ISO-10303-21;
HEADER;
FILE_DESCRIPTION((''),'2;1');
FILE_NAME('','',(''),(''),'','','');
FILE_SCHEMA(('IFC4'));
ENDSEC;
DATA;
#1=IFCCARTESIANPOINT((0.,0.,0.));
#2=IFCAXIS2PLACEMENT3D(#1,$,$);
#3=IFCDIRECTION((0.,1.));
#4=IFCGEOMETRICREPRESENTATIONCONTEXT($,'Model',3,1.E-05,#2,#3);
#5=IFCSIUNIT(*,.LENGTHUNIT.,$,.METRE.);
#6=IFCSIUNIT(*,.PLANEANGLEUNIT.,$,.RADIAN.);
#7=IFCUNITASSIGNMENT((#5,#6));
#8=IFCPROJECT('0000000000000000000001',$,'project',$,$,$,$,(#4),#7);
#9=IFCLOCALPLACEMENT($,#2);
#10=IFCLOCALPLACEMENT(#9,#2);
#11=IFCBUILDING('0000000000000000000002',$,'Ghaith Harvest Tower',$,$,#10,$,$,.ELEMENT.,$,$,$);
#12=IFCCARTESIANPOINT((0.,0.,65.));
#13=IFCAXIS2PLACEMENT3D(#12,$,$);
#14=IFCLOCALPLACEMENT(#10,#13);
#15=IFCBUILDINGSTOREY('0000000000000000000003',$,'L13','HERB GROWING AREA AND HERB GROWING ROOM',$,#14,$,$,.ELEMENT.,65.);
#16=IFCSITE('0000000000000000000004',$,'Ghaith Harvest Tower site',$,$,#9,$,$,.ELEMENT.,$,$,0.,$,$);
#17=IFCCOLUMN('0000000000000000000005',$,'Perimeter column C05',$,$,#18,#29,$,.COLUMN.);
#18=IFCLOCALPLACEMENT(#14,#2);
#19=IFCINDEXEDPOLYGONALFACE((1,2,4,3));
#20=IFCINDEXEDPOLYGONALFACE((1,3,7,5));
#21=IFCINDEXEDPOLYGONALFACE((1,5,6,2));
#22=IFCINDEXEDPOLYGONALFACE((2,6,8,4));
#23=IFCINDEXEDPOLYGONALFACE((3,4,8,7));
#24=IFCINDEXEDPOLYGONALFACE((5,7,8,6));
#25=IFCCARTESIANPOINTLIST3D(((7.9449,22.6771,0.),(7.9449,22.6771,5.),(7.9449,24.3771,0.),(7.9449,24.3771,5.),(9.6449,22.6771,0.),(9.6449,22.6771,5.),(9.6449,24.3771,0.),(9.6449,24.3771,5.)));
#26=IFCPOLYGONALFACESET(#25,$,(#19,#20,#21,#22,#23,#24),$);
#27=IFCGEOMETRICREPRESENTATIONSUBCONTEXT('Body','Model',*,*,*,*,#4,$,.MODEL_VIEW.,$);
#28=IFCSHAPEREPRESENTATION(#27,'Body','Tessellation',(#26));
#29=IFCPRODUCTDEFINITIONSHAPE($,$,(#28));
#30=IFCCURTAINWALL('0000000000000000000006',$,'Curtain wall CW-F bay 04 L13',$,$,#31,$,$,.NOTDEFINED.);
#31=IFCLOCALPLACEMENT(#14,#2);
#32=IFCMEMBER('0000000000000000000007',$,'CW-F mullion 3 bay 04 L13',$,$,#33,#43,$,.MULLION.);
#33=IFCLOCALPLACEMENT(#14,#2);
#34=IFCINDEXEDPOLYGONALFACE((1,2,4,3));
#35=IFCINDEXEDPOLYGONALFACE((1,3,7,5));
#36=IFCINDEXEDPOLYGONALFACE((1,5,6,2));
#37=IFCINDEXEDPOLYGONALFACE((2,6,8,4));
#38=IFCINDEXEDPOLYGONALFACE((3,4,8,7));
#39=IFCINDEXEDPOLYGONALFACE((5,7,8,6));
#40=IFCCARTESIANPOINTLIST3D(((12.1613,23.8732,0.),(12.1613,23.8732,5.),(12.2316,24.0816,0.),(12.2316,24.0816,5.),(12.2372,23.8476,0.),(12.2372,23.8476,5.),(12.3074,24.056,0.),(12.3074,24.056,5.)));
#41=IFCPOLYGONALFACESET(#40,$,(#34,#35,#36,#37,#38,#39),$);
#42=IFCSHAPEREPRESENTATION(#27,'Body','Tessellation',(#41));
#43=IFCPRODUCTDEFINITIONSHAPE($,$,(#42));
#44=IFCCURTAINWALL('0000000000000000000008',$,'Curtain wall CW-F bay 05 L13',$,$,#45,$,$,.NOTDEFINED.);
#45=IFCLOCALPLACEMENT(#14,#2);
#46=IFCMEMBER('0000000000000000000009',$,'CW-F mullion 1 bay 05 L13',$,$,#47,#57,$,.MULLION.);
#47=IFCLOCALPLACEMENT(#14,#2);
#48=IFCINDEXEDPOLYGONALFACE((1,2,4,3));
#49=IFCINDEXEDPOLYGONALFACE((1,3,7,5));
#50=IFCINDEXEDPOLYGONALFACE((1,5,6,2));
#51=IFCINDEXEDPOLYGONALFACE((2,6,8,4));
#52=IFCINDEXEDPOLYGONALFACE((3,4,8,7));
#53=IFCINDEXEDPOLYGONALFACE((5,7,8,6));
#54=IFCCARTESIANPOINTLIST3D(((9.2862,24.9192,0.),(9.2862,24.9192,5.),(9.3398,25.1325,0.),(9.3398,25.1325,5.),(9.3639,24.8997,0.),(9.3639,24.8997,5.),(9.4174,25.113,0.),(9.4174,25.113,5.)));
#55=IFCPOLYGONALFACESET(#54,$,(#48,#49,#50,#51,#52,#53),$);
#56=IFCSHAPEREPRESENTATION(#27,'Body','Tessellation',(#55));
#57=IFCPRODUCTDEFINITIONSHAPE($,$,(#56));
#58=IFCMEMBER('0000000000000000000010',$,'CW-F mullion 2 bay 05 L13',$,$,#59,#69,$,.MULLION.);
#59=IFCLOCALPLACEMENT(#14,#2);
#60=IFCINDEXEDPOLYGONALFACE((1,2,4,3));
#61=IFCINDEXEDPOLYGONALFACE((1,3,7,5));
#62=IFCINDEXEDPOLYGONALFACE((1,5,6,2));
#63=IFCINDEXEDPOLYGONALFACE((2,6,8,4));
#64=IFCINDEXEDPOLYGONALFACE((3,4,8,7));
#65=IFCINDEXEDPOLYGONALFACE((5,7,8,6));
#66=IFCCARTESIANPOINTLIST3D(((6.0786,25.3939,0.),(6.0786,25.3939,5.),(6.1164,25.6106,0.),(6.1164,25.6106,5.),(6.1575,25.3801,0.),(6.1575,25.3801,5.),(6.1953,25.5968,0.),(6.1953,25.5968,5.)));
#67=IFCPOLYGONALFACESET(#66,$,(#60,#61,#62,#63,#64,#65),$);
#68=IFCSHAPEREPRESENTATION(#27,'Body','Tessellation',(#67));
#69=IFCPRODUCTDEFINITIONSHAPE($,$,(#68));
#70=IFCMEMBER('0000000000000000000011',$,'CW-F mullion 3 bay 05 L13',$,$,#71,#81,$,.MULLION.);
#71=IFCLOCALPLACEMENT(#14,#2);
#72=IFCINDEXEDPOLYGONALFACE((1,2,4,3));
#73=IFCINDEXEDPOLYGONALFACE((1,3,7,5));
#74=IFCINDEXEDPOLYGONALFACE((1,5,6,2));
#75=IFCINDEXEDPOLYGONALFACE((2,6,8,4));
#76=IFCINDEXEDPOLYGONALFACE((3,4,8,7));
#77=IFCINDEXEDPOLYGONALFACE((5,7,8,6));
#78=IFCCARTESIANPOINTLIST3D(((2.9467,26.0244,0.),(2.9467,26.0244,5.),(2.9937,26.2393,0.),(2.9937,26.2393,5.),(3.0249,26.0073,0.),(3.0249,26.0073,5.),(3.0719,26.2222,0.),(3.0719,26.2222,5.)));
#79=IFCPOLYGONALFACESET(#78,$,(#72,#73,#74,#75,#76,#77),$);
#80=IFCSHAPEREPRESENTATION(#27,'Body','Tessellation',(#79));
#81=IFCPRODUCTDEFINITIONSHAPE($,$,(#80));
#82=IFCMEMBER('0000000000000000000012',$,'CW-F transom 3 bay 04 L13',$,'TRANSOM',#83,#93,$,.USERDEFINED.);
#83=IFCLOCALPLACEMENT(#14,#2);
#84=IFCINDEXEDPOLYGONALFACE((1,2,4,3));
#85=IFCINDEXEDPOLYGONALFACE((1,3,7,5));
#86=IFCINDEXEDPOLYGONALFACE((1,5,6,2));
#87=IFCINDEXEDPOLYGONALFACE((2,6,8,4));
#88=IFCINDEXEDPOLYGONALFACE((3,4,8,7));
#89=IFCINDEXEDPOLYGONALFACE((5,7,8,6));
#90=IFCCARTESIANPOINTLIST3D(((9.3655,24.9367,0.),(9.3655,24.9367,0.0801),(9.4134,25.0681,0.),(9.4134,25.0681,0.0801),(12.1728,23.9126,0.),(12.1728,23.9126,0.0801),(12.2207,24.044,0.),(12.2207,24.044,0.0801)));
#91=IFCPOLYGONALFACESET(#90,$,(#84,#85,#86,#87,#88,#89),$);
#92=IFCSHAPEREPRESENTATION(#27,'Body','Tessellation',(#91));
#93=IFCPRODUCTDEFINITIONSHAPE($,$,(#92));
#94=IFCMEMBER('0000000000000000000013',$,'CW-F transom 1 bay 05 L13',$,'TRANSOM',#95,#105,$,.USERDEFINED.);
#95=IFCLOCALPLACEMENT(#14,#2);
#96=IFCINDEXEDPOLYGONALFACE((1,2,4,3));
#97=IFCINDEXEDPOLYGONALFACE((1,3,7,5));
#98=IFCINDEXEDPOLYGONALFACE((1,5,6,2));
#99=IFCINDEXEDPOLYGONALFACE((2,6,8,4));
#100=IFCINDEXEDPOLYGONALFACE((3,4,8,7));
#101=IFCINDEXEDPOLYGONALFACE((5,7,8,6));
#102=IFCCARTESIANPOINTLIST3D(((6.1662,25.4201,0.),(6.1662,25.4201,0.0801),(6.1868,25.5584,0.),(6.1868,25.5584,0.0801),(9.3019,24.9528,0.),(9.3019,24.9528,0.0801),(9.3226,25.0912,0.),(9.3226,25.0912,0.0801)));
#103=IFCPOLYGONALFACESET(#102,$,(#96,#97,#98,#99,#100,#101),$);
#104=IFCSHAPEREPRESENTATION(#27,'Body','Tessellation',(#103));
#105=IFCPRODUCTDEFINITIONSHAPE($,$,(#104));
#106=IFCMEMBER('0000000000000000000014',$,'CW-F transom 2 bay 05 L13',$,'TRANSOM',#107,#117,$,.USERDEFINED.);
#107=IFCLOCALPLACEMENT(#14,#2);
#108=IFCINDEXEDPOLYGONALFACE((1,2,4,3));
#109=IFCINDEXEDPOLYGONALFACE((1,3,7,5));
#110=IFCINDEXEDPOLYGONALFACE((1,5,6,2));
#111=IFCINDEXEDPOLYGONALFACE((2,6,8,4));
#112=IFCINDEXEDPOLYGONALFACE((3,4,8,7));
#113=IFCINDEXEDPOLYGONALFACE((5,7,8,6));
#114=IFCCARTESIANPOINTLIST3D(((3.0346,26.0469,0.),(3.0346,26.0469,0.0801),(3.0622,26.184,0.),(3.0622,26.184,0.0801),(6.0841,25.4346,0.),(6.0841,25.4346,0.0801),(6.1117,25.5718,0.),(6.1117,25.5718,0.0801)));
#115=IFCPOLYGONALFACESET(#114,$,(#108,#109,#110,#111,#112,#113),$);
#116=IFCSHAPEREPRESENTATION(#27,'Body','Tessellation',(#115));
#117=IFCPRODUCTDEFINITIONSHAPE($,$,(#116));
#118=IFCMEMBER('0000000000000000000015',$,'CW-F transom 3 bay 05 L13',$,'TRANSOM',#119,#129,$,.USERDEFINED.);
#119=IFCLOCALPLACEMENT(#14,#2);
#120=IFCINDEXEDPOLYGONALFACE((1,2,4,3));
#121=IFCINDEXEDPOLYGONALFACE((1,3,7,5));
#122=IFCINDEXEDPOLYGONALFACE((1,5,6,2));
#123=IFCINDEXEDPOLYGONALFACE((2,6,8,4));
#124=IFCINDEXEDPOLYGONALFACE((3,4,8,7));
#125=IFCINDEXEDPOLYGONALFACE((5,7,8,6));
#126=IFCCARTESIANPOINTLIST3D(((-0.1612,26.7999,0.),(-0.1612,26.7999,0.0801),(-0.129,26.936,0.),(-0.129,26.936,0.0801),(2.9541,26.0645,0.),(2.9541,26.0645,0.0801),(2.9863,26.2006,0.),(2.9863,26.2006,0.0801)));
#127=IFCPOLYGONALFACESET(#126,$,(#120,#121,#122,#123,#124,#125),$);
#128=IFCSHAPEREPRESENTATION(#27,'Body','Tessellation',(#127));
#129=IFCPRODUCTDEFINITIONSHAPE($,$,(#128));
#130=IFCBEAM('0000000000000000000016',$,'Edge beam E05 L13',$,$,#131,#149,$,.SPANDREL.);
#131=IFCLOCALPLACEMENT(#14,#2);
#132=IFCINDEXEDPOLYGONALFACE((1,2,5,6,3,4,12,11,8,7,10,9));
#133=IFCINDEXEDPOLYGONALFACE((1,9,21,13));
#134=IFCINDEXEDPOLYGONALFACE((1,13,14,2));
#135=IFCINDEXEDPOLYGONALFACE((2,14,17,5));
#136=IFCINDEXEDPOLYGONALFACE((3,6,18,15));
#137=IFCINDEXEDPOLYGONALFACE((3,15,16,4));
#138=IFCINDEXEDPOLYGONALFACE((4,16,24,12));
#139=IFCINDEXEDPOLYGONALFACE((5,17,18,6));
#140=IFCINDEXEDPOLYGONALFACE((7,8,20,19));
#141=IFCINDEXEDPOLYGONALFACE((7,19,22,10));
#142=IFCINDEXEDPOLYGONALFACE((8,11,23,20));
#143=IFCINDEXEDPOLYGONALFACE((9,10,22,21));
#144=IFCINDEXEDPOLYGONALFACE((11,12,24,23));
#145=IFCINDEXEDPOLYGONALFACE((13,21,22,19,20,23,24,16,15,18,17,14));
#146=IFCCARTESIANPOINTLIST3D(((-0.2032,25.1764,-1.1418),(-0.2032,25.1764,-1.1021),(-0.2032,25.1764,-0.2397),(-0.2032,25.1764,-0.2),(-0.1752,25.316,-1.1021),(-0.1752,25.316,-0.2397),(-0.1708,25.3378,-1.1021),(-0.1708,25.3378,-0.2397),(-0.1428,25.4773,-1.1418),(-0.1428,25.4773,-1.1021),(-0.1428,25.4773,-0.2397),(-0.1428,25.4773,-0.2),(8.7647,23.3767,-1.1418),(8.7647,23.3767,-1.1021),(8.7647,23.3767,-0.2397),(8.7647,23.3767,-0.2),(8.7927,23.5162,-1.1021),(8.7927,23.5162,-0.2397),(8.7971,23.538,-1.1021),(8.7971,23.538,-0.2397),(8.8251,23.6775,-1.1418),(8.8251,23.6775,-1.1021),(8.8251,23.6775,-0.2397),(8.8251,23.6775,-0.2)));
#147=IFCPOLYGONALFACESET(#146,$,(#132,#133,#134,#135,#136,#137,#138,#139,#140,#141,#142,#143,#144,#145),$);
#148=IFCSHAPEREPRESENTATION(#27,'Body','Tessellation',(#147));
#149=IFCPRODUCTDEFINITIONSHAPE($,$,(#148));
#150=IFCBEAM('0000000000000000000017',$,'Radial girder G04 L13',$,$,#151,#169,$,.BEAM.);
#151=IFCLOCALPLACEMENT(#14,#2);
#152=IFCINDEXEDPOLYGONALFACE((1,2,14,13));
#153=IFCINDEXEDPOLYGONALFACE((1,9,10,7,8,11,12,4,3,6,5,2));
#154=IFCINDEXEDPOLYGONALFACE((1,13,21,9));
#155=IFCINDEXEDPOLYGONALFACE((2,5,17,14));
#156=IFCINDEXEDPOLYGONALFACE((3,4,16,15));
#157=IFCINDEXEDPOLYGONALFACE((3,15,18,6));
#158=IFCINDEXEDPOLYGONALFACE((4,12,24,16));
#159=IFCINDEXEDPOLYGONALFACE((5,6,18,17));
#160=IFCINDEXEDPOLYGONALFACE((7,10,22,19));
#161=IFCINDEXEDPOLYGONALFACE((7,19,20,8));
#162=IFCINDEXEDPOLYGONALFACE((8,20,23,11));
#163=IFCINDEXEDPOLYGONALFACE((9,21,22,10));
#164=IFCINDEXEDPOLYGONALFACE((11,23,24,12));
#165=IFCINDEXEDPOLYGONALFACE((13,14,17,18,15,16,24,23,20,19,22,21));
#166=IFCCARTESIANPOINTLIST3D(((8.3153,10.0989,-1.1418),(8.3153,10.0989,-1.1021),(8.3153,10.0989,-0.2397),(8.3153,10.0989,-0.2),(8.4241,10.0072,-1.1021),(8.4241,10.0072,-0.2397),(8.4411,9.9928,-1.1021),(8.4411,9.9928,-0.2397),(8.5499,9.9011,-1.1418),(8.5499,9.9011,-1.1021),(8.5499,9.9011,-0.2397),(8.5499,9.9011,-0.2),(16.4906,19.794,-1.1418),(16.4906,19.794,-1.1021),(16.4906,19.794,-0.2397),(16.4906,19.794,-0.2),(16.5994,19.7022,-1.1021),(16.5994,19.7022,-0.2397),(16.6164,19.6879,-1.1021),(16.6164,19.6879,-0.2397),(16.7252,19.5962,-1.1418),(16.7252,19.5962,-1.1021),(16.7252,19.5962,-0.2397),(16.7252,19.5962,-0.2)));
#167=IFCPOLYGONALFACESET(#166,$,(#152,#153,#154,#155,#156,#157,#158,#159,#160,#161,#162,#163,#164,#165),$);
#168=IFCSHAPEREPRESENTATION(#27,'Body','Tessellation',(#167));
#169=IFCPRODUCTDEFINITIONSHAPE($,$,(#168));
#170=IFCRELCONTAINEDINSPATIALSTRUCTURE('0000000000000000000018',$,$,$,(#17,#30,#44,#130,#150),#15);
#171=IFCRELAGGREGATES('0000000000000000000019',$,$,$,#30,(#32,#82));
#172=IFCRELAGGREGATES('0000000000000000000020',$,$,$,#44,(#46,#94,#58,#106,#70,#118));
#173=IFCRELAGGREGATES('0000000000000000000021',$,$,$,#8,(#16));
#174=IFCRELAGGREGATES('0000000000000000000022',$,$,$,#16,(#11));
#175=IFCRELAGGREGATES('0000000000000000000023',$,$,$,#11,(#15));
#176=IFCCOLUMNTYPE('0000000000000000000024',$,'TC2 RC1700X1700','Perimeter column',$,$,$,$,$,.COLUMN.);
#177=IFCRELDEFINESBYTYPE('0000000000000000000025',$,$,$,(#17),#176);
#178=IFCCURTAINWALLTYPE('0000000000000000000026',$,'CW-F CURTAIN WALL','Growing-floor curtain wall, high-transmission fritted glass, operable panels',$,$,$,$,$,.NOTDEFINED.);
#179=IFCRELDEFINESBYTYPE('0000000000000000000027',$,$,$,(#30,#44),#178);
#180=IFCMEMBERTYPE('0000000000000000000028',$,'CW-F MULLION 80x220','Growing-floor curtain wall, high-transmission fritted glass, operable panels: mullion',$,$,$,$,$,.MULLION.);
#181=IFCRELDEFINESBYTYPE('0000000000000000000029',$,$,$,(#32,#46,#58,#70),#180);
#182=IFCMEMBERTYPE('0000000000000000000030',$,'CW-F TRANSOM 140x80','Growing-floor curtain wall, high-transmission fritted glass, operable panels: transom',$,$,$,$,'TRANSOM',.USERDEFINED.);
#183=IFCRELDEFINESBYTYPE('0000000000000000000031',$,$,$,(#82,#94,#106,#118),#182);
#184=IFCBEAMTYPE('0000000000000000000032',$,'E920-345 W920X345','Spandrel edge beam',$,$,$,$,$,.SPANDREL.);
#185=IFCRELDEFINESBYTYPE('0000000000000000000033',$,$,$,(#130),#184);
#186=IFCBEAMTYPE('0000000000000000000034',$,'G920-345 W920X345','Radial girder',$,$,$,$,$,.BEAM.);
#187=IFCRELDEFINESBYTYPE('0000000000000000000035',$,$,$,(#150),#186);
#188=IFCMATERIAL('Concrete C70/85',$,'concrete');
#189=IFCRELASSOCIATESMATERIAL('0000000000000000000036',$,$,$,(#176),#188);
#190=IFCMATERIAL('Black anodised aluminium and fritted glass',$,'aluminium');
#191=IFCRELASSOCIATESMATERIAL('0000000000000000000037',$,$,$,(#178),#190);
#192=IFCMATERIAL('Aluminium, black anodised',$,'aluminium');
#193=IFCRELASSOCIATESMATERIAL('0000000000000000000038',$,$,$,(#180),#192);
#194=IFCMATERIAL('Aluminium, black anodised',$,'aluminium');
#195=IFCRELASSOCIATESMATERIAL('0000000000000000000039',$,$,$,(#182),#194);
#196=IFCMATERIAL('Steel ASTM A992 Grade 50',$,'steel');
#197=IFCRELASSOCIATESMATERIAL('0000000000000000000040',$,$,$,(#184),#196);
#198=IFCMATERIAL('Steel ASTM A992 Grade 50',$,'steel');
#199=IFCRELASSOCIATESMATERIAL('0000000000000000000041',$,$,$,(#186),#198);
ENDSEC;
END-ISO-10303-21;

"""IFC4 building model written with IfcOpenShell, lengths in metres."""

from ifc_helpers import new_model, si_unit, direction, frame, origin, origin_2d, place, context, subcontext, project, spatial, rectangle, i_section, extrude, material, material_profile, profile_set, type_object, element, aggregate, save


model = new_model("IFC4")

# Units and contexts
model_context = context("Model", 3, precision=1e-05, world=origin(), true_north=direction((0.0, 1.0)))
body_context = subcontext(model_context, "Body", "Model", "MODEL_VIEW")
ifc_project = project(units=[si_unit("LENGTHUNIT", "METRE"), si_unit("PLANEANGLEUNIT", "RADIAN")], contexts=[model_context])

# Site, building, storey
site_placement = place(None, origin())
site = spatial("IfcSite", under=ifc_project, at=site_placement, Name="Ghaith Harvest Tower site", CompositionType="ELEMENT", RefElevation=0.0)
building_placement = place(site_placement, origin())
building = spatial("IfcBuilding", under=site, at=building_placement, Name="Ghaith Harvest Tower", CompositionType="ELEMENT")
storey_placement = place(building_placement, frame((0.0, 0.0, 65.0)))
storey = spatial("IfcBuildingStorey", under=building, at=storey_placement, Name="L13", Description="HERB GROWING AREA AND HERB GROWING ROOM", CompositionType="ELEMENT", Elevation=65.0)

# Column
ifc_material_1 = material(Name="Concrete C70/85", Category="concrete")
ifc_material_profile_1 = material_profile(ifc_material_1, rectangle(XDim=1.7, YDim=1.7, at=origin_2d()), Name="RC1700X1700")
ifc_profile_set_1 = profile_set([ifc_material_profile_1], Name="Concrete C70/85")
column_type = type_object("IfcColumnType", Name="TC2 RC1700X1700", Description="Perimeter column", PredefinedType="COLUMN", material=ifc_profile_set_1)
column_placement = place(storey_placement, frame((8.7949, 23.5271, 0.0), z_axis=(0.0, 0.0, 1.0), x_axis=(1.0, 0.0, 0.0)))
element("IfcColumn", 1, at=column_placement, inside=storey, type_object=column_type, Name="Perimeter column C05", PredefinedType="COLUMN", context=body_context, shape_type="SweptSolid", body=[
    extrude(rectangle(XDim=1.7, YDim=1.7, at=origin_2d()), origin(), (0.0, 0.0, 1.0), 5.0),
])

# Curtain wall, member
ifc_material_2 = material(Name="Black anodised aluminium and fritted glass", Category="aluminium")
curtain_wall_type = type_object("IfcCurtainWallType", Name="CW-F CURTAIN WALL", Description="Growing-floor curtain wall, high-transmission fritted glass, operable panels", PredefinedType="NOTDEFINED", material=ifc_material_2)
curtain_wall_1_placement = place(storey_placement, origin())
curtain_wall_1 = element("IfcCurtainWall", 2, at=curtain_wall_1_placement, inside=storey, type_object=curtain_wall_type, Name="Curtain wall CW-F bay 04 L13", PredefinedType="NOTDEFINED")
ifc_material_3 = material(Name="Aluminium, black anodised", Category="aluminium")
ifc_material_profile_2 = material_profile(ifc_material_3, rectangle(XDim=0.0801, YDim=0.22, at=origin_2d()), Name="CW-F MULLION 80x220")
ifc_profile_set_2 = profile_set([ifc_material_profile_2], Name="Aluminium, black anodised")
member_type_1 = type_object("IfcMemberType", Name="CW-F MULLION 80x220", Description="Growing-floor curtain wall, high-transmission fritted glass, operable panels: mullion", PredefinedType="MULLION", material=ifc_profile_set_2)
member_1_placement = place(storey_placement, frame((12.2344, 23.9646, 0.0), z_axis=(0.0, 0.0, 1.0), x_axis=(-0.947653, 0.319301, 0.0)))
member_1 = element("IfcMember", 3, at=member_1_placement, type_object=member_type_1, Name="CW-F mullion 3 bay 04 L13", PredefinedType="MULLION", context=body_context, shape_type="SweptSolid", body=[
    extrude(rectangle(XDim=0.0801, YDim=0.22, at=origin_2d()), origin(), (0.0, 0.0, 1.0), 5.0),
])

# Curtain wall, members
curtain_wall_2_placement = place(storey_placement, origin())
curtain_wall_2 = element("IfcCurtainWall", 4, at=curtain_wall_2_placement, inside=storey, type_object=curtain_wall_type, Name="Curtain wall CW-F bay 05 L13", PredefinedType="NOTDEFINED")
member_2_placement = place(storey_placement, frame((9.3518, 25.0161, 0.0), z_axis=(0.0, 0.0, 1.0), x_axis=(-0.969903, 0.24349, 0.0)))
member_2 = element("IfcMember", 5, at=member_2_placement, type_object=member_type_1, Name="CW-F mullion 1 bay 05 L13", PredefinedType="MULLION", context=body_context, shape_type="SweptSolid", body=[
    extrude(rectangle(XDim=0.0801, YDim=0.22, at=origin_2d()), origin(), (0.0, 0.0, 1.0), 5.0),
])
member_3_placement = place(storey_placement, frame((6.137, 25.4954, 0.0), z_axis=(0.0, 0.0, 1.0), x_axis=(-0.985104, 0.171961, 0.0)))
member_3 = element("IfcMember", 6, at=member_3_placement, type_object=member_type_1, Name="CW-F mullion 2 bay 05 L13", PredefinedType="MULLION", context=body_context, shape_type="SweptSolid", body=[
    extrude(rectangle(XDim=0.0801, YDim=0.22, at=origin_2d()), origin(), (0.0, 0.0, 1.0), 5.0),
])
member_4_placement = place(storey_placement, frame((3.0093, 26.1233, 0.0), z_axis=(0.0, 0.0, 1.0), x_axis=(-0.976927, 0.213572, 0.0)))
member_4 = element("IfcMember", 7, at=member_4_placement, type_object=member_type_1, Name="CW-F mullion 3 bay 05 L13", PredefinedType="MULLION", context=body_context, shape_type="SweptSolid", body=[
    extrude(rectangle(XDim=0.0801, YDim=0.22, at=origin_2d()), origin(), (0.0, 0.0, 1.0), 5.0),
])

# Members
ifc_material_4 = material(Name="Aluminium, black anodised", Category="aluminium")
ifc_material_profile_3 = material_profile(ifc_material_4, rectangle(XDim=0.1399, YDim=0.0801, at=origin_2d()), Name="CW-F TRANSOM 140x80")
ifc_profile_set_3 = profile_set([ifc_material_profile_3], Name="Aluminium, black anodised")
member_type_2 = type_object("IfcMemberType", Name="CW-F TRANSOM 140x80", Description="Growing-floor curtain wall, high-transmission fritted glass, operable panels: transom", ElementType="TRANSOM", PredefinedType="USERDEFINED", material=ifc_profile_set_3)
member_5_placement = place(storey_placement, frame((12.1968, 23.9783, 0.04), z_axis=(-0.939438, 0.34272, 0.0), x_axis=(-0.34272, -0.939438, 0.0)))
member_5 = element("IfcMember", 8, at=member_5_placement, type_object=member_type_2, Name="CW-F transom 3 bay 04 L13", ObjectType="TRANSOM", PredefinedType="USERDEFINED", context=body_context, shape_type="SweptSolid", body=[
    extrude(rectangle(XDim=0.1399, YDim=0.0801, at=origin_2d()), origin(), (0.0, 0.0, 1.0), 2.9883),
])
member_6_placement = place(storey_placement, frame((9.3123, 25.022, 0.04), z_axis=(-0.989078, 0.147391, 0.0), x_axis=(-0.147391, -0.989078, 0.0)))
member_6 = element("IfcMember", 9, at=member_6_placement, type_object=member_type_2, Name="CW-F transom 1 bay 05 L13", ObjectType="TRANSOM", PredefinedType="USERDEFINED", context=body_context, shape_type="SweptSolid", body=[
    extrude(rectangle(XDim=0.1399, YDim=0.0801, at=origin_2d()), origin(), (0.0, 0.0, 1.0), 3.1704),
])
member_7_placement = place(storey_placement, frame((6.0979, 25.5032, 0.04), z_axis=(-0.980432, 0.196856, 0.0), x_axis=(-0.196856, -0.980432, 0.0)))
member_7 = element("IfcMember", 10, at=member_7_placement, type_object=member_type_2, Name="CW-F transom 2 bay 05 L13", ObjectType="TRANSOM", PredefinedType="USERDEFINED", context=body_context, shape_type="SweptSolid", body=[
    extrude(rectangle(XDim=0.1399, YDim=0.0801, at=origin_2d()), origin(), (0.0, 0.0, 1.0), 3.1104),
])
member_8_placement = place(storey_placement, frame((2.9702, 26.1326, 0.04), z_axis=(-0.973253, 0.229736, 0.0), x_axis=(-0.229736, -0.973253, 0.0)))
member_8 = element("IfcMember", 11, at=member_8_placement, type_object=member_type_2, Name="CW-F transom 3 bay 05 L13", ObjectType="TRANSOM", PredefinedType="USERDEFINED", context=body_context, shape_type="SweptSolid", body=[
    extrude(rectangle(XDim=0.1399, YDim=0.0801, at=origin_2d()), origin(), (0.0, 0.0, 1.0), 3.2009),
])

# Beams
ifc_material_5 = material(Name="Steel ASTM A992 Grade 50", Category="steel")
ifc_material_profile_4 = material_profile(ifc_material_5, i_section(OverallWidth=0.3069, OverallDepth=0.9419, WebThickness=0.0222, FlangeThickness=0.0398, at=origin_2d()), Name="W920X345")
ifc_profile_set_4 = profile_set([ifc_material_profile_4], Name="Steel ASTM A992 Grade 50")
beam_type_1 = type_object("IfcBeamType", Name="E920-345 W920X345", Description="Spandrel edge beam", PredefinedType="SPANDREL", material=ifc_profile_set_4)
beam_1_placement = place(storey_placement, frame((8.7949, 23.5271, -0.6709), z_axis=(-0.98045, 0.196768, 0.0), x_axis=(-0.196768, -0.98045, 0.0)))
element("IfcBeam", 12, at=beam_1_placement, inside=storey, type_object=beam_type_1, Name="Edge beam E05 L13", PredefinedType="SPANDREL", context=body_context, shape_type="SweptSolid", body=[
    extrude(i_section(OverallWidth=0.3069, OverallDepth=0.9419, WebThickness=0.0222, FlangeThickness=0.0398, at=origin_2d()), origin(), (0.0, 0.0, 1.0), 9.1467),
])
ifc_material_6 = material(Name="Steel ASTM A992 Grade 50", Category="steel")
ifc_material_profile_5 = material_profile(ifc_material_6, i_section(OverallWidth=0.3069, OverallDepth=0.9419, WebThickness=0.0222, FlangeThickness=0.0398, at=origin_2d()), Name="W920X345")
ifc_profile_set_5 = profile_set([ifc_material_profile_5], Name="Steel ASTM A992 Grade 50")
beam_type_2 = type_object("IfcBeamType", Name="G920-345 W920X345", Description="Radial girder", PredefinedType="BEAM", material=ifc_profile_set_5)
beam_2_placement = place(storey_placement, frame((8.4326, 10.0, -0.6709), z_axis=(0.644644, 0.764483, 0.0), x_axis=(-0.764483, 0.644644, 0.0)))
element("IfcBeam", 13, at=beam_2_placement, inside=storey, type_object=beam_type_2, Name="Radial girder G04 L13", PredefinedType="BEAM", context=body_context, shape_type="SweptSolid", body=[
    extrude(i_section(OverallWidth=0.3069, OverallDepth=0.9419, WebThickness=0.0222, FlangeThickness=0.0398, at=origin_2d()), origin(), (0.0, 0.0, 1.0), 12.6819),
])

aggregate(curtain_wall_1, [member_1, member_5])
aggregate(curtain_wall_2, [member_2, member_6, member_3, member_7, member_4, member_8])

save(model, "model.ifc")
